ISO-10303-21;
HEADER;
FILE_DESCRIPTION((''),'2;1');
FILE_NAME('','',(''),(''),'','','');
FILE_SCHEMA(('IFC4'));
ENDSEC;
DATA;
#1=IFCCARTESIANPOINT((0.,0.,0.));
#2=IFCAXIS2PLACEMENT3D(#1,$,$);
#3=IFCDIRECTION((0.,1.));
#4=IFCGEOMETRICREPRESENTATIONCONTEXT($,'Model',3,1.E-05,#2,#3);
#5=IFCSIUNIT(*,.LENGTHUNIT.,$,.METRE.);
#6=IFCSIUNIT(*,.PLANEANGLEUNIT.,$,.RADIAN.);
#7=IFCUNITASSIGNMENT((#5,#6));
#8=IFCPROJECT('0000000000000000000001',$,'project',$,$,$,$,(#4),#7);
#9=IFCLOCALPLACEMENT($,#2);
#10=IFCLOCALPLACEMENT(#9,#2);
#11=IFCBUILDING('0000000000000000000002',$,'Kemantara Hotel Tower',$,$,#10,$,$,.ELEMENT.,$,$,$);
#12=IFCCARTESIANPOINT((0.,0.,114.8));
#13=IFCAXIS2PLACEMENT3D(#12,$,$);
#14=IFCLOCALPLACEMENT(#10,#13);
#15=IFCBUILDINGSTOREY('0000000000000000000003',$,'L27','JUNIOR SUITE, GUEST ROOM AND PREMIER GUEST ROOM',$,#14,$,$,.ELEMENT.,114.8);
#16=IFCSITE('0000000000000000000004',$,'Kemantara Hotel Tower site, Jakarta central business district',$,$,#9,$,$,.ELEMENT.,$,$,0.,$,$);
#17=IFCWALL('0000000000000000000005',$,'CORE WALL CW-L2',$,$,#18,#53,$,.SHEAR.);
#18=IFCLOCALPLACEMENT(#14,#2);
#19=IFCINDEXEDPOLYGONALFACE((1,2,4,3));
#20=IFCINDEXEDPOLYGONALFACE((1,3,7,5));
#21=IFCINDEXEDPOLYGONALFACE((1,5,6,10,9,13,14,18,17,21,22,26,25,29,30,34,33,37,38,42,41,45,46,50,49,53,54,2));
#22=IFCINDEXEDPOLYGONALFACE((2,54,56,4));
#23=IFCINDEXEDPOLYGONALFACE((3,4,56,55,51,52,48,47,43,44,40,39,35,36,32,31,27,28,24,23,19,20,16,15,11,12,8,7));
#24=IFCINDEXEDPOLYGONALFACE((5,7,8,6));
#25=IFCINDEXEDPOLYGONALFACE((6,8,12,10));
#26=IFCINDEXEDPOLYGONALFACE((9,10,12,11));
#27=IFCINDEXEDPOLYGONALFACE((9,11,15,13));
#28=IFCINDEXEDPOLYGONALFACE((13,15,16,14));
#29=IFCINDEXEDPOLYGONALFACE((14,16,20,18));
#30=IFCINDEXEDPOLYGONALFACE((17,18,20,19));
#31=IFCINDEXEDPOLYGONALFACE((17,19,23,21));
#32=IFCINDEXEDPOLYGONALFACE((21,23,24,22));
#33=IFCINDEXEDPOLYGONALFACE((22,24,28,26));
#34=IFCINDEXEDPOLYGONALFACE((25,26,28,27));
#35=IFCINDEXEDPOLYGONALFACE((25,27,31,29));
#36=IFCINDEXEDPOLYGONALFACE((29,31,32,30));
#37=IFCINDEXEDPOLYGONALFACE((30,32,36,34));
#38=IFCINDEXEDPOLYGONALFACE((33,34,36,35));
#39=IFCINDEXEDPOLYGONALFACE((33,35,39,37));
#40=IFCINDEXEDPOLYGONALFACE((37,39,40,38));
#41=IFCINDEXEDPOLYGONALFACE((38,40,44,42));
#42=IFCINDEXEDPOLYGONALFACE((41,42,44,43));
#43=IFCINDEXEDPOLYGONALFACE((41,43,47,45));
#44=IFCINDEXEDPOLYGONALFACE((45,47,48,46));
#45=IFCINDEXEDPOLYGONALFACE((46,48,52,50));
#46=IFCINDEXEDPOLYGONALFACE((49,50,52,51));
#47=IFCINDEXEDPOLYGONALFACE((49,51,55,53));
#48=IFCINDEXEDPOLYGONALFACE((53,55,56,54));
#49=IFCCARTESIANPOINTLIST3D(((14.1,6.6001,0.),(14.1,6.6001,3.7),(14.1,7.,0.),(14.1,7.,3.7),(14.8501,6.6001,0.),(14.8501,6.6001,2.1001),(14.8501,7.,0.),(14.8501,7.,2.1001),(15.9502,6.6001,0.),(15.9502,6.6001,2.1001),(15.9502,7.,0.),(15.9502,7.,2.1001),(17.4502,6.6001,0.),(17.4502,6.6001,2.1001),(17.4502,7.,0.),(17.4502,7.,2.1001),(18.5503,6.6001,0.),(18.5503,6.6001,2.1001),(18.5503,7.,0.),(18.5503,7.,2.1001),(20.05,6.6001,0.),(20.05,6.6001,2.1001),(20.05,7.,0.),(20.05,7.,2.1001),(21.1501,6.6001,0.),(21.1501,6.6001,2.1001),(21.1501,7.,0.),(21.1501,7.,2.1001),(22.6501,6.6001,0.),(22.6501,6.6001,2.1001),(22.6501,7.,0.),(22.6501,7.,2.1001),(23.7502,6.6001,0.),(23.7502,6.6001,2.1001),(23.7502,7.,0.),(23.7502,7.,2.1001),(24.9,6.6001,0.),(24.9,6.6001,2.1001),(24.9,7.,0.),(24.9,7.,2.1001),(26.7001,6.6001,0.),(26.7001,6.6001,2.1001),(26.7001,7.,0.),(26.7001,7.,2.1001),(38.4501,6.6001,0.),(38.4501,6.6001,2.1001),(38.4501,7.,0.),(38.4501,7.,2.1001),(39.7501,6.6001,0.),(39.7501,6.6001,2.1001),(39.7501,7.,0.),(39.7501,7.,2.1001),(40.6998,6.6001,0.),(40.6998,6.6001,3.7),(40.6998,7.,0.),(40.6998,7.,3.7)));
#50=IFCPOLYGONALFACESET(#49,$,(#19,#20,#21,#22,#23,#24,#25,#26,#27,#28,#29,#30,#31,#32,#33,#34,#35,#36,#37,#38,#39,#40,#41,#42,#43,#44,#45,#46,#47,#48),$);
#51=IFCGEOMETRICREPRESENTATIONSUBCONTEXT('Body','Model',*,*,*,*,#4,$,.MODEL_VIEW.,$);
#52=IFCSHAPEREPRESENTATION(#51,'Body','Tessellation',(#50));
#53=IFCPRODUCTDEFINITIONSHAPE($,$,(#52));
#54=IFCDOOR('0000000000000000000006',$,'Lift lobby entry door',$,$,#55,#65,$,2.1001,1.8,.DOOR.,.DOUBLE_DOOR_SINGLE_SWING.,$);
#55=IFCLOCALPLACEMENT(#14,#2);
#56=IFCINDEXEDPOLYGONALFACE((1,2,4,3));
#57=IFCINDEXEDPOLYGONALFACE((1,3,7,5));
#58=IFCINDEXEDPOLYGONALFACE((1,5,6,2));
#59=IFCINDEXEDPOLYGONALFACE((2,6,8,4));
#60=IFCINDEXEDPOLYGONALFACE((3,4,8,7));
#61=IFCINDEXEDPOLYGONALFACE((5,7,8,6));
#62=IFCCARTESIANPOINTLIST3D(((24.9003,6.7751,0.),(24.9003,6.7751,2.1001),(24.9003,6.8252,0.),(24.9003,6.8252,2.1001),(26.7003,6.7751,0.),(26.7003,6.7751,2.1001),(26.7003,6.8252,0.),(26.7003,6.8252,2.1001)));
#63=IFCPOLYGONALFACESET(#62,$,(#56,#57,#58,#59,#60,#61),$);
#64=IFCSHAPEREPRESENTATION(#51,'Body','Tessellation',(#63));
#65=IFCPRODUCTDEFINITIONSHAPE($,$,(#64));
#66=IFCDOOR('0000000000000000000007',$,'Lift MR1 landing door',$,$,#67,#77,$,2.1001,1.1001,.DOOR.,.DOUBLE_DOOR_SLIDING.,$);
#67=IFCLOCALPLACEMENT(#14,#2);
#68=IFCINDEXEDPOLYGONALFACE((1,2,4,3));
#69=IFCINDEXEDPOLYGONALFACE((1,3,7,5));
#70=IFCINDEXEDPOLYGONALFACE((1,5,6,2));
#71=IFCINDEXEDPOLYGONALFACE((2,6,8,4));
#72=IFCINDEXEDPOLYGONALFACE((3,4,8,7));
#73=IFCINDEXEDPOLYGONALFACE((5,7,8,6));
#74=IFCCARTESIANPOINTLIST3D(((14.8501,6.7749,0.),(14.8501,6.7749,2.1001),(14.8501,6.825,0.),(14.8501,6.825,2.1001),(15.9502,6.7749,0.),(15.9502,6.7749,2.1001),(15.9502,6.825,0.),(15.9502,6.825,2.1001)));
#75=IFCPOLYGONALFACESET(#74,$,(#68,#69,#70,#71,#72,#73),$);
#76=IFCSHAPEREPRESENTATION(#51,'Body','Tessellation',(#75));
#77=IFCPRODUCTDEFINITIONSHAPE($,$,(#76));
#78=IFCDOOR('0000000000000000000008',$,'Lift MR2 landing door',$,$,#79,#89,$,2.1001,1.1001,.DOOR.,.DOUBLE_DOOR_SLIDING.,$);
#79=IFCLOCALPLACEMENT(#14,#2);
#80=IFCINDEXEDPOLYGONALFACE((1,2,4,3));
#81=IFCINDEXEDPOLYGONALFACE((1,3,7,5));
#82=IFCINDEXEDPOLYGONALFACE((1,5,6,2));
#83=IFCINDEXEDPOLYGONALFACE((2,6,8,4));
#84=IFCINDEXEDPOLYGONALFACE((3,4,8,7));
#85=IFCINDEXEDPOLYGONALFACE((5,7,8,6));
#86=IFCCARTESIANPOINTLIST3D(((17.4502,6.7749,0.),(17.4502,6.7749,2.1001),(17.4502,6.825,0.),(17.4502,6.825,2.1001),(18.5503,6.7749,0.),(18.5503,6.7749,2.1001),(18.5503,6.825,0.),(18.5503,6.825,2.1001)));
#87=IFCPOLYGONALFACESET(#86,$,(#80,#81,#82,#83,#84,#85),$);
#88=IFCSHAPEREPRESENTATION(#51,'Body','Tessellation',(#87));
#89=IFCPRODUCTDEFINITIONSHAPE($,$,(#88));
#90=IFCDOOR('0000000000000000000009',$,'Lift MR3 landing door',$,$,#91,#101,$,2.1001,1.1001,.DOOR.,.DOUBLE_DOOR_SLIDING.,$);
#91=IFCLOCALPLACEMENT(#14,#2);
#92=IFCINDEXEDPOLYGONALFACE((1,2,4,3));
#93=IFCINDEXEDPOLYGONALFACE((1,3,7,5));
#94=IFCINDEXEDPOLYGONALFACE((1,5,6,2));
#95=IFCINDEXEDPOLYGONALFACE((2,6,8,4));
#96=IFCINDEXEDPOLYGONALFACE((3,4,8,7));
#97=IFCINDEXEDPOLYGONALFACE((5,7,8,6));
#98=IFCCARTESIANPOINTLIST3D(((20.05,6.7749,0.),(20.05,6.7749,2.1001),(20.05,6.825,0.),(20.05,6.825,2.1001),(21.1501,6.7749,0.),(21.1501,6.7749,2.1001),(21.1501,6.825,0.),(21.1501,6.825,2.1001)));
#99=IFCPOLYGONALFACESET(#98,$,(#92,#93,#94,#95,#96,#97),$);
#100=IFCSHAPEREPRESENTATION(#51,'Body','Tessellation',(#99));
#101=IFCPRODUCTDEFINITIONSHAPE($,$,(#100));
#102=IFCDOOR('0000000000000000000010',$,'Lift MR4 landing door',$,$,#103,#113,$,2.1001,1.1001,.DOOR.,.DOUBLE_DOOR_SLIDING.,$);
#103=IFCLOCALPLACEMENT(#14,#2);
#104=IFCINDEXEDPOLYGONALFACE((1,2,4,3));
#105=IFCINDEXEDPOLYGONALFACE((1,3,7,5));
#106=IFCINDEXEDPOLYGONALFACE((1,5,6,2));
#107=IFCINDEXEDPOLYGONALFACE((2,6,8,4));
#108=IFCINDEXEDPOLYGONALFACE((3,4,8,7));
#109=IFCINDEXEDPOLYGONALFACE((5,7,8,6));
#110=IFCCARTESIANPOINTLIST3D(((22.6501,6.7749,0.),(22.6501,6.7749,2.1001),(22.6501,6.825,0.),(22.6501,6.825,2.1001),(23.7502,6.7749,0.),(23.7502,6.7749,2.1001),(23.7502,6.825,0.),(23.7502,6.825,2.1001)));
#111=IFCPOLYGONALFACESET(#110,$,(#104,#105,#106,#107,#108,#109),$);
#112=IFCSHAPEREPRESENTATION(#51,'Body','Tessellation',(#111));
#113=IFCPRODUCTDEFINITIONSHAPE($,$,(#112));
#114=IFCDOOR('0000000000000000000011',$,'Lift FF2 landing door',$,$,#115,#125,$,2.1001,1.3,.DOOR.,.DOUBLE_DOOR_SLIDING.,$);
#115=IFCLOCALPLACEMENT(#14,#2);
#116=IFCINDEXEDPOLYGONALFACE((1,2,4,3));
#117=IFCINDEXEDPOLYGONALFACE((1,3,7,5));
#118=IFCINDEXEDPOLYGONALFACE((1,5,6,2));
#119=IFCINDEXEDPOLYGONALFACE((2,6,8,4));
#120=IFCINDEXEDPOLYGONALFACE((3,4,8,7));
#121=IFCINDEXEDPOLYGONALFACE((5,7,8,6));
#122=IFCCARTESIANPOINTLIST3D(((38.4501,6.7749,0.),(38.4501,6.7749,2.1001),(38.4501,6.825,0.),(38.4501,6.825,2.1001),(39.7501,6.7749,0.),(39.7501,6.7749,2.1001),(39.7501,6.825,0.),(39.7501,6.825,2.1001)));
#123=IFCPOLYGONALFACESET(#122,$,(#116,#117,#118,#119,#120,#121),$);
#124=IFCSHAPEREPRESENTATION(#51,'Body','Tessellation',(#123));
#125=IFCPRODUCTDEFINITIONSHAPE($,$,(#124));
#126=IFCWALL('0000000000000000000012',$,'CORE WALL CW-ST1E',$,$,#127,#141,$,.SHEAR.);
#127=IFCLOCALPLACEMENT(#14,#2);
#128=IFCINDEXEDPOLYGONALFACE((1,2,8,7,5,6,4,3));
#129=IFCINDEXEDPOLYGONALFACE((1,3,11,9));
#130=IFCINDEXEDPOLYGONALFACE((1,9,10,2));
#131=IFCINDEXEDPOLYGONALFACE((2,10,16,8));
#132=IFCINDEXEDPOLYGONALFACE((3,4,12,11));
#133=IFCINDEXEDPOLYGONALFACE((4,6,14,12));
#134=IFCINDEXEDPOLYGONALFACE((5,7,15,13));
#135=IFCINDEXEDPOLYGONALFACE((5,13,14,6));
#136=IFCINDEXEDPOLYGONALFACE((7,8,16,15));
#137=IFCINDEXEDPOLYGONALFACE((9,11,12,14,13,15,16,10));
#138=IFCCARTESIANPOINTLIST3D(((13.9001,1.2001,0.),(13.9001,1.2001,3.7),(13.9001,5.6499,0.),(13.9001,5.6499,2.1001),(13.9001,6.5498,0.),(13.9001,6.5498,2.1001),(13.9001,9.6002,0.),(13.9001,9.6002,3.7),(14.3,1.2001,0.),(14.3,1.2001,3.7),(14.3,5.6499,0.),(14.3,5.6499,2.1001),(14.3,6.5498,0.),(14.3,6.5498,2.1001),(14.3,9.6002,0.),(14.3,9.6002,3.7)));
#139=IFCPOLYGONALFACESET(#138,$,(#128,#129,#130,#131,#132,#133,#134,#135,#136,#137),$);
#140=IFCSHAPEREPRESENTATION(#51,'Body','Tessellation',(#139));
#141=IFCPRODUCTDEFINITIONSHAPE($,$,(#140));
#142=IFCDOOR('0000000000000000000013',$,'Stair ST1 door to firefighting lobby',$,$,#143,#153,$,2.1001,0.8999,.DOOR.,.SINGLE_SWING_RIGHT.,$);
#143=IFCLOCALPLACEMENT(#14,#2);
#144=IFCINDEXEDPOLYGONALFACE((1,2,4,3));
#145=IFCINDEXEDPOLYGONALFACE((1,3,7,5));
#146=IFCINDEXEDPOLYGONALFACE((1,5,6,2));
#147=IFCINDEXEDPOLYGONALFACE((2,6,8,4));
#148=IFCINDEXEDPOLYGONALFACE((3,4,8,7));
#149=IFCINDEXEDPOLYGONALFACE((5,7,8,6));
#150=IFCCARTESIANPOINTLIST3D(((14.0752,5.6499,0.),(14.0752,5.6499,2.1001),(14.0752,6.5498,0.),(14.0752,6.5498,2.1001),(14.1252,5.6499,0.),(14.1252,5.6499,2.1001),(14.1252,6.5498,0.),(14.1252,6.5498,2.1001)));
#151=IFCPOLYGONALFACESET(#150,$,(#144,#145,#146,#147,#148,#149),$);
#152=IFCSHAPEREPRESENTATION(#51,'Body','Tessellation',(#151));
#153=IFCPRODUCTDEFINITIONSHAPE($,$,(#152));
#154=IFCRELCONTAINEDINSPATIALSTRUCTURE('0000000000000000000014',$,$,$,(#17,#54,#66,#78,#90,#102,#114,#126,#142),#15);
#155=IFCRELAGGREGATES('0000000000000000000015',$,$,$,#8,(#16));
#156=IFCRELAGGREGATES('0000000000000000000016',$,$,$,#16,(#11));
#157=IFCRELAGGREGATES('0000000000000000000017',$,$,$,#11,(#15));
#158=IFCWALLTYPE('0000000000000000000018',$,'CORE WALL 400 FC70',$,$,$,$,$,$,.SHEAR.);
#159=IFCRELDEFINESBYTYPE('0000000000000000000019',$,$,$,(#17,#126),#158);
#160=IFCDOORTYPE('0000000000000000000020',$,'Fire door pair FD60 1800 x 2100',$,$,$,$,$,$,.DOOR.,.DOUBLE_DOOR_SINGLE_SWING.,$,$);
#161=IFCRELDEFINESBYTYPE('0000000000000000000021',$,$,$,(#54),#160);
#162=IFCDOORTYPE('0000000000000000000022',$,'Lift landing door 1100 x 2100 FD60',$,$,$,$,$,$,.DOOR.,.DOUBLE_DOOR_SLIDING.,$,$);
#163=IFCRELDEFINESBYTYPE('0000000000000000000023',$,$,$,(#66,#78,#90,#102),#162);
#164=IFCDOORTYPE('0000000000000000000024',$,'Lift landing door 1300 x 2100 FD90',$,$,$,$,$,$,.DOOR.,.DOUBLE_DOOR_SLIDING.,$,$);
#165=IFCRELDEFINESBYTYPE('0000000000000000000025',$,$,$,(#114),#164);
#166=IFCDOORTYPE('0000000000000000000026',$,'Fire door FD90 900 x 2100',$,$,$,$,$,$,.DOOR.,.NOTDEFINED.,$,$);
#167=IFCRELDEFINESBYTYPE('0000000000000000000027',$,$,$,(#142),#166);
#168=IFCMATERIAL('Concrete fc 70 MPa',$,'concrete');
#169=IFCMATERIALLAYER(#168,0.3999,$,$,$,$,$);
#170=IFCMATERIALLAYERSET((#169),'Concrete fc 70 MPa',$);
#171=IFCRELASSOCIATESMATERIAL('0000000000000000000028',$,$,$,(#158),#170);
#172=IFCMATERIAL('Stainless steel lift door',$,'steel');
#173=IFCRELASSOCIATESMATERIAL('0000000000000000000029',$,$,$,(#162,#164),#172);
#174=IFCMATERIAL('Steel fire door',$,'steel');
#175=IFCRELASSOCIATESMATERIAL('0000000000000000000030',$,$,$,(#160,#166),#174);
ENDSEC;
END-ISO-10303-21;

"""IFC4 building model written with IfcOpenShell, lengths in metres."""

from ifc_helpers import new_model, si_unit, direction, frame, frame_2d, origin, place, context, subcontext, project, spatial, rectangle, extrude, material, layer, layer_set, type_object, element, fill, save


model = new_model("IFC4")

# Units and contexts
model_context = context("Model", 3, precision=1e-05, world=origin(), true_north=direction((0.0, 1.0)))
body_context = subcontext(model_context, "Body", "Model", "MODEL_VIEW")
ifc_project = project(units=[si_unit("LENGTHUNIT", "METRE"), si_unit("PLANEANGLEUNIT", "RADIAN")], contexts=[model_context])

# Site, building, storey
site_placement = place(None, origin())
site = spatial("IfcSite", under=ifc_project, at=site_placement, Name="Kemantara Hotel Tower site, Jakarta central business district", CompositionType="ELEMENT", RefElevation=0.0)
building_placement = place(site_placement, origin())
building = spatial("IfcBuilding", under=site, at=building_placement, Name="Kemantara Hotel Tower", CompositionType="ELEMENT")
storey_placement = place(building_placement, frame((0.0, 0.0, 114.8)))
storey = spatial("IfcBuildingStorey", under=building, at=storey_placement, Name="L27", Description="JUNIOR SUITE, GUEST ROOM AND PREMIER GUEST ROOM", CompositionType="ELEMENT", Elevation=114.8)

# Shared definitions
ifc_material_1 = material(Name="Concrete fc 70 MPa", Category="concrete")

# Wall, openings, doors
ifc_layer_1 = layer(ifc_material_1, 0.3999)
ifc_layer_set_1 = layer_set([ifc_layer_1], Name="Concrete fc 70 MPa")
wall_type_1 = type_object("IfcWallType", Name="CORE WALL 400 FC70", PredefinedType="SHEAR", material=ifc_layer_set_1)
ifc_material_2 = material(Name="Steel fire door", Category="steel")
ifc_material_3 = material(Name="Stainless steel lift door", Category="steel")
door_type_1 = type_object("IfcDoorType", Name="Lift landing door 1100 x 2100 FD60", OperationType="DOUBLE_DOOR_SLIDING", PredefinedType="DOOR", material=ifc_material_3)
door_type_2 = type_object("IfcDoorType", Name="Lift landing door 1300 x 2100 FD90", OperationType="DOUBLE_DOOR_SLIDING", PredefinedType="DOOR", material=ifc_material_3)
wall_1_placement = place(storey_placement, frame((14.1001, 6.8, 0.0), z_axis=(0.0, 0.0, 1.0), x_axis=(1.0, 0.0, 0.0)))
wall_1 = element("IfcWall", 1, at=wall_1_placement, inside=storey, type_object=wall_type_1, Name="CORE WALL CW-L2", PredefinedType="SHEAR", context=body_context, shape_type="SweptSolid", body=[
    extrude(rectangle(XDim=26.5999, YDim=0.3999, at=frame_2d((13.2998, 0.0))), origin(), (0.0, 0.0, 1.0), 3.7),
])
opening_1_placement = place(wall_1_placement, frame((10.8, 0.0, 0.0)))
opening_1 = element("IfcOpeningElement", 2, at=opening_1_placement, cuts=wall_1, PredefinedType="OPENING", context=body_context, shape_type="SweptSolid", body=[
    extrude(rectangle(XDim=1.8, YDim=2.1001, at=frame_2d((0.8999, 1.05))), frame((0.0, 0.21, 0.0), z_axis=(0.0, -1.0, 0.0), x_axis=(1.0, 0.0, 0.0)), (0.0, 0.0, 1.0), 0.4199),
])
opening_2_placement = place(wall_1_placement, frame((0.75, 0.0, 0.0)))
opening_2 = element("IfcOpeningElement", 3, at=opening_2_placement, cuts=wall_1, PredefinedType="OPENING", context=body_context, shape_type="SweptSolid", body=[
    extrude(rectangle(XDim=1.1001, YDim=2.1001, at=frame_2d((0.55, 1.05))), frame((0.0, 0.21, 0.0), z_axis=(0.0, -1.0, 0.0), x_axis=(1.0, 0.0, 0.0)), (0.0, 0.0, 1.0), 0.4199),
])
opening_3_placement = place(wall_1_placement, frame((3.3501, 0.0, 0.0)))
opening_3 = element("IfcOpeningElement", 4, at=opening_3_placement, cuts=wall_1, PredefinedType="OPENING", context=body_context, shape_type="SweptSolid", body=[
    extrude(rectangle(XDim=1.1001, YDim=2.1001, at=frame_2d((0.55, 1.05))), frame((0.0, 0.21, 0.0), z_axis=(0.0, -1.0, 0.0), x_axis=(1.0, 0.0, 0.0)), (0.0, 0.0, 1.0), 0.4199),
])
opening_4_placement = place(wall_1_placement, frame((5.95, 0.0, 0.0)))
opening_4 = element("IfcOpeningElement", 5, at=opening_4_placement, cuts=wall_1, PredefinedType="OPENING", context=body_context, shape_type="SweptSolid", body=[
    extrude(rectangle(XDim=1.1001, YDim=2.1001, at=frame_2d((0.55, 1.05))), frame((0.0, 0.21, 0.0), z_axis=(0.0, -1.0, 0.0), x_axis=(1.0, 0.0, 0.0)), (0.0, 0.0, 1.0), 0.4199),
])
opening_5_placement = place(wall_1_placement, frame((8.55, 0.0, 0.0)))
opening_5 = element("IfcOpeningElement", 6, at=opening_5_placement, cuts=wall_1, PredefinedType="OPENING", context=body_context, shape_type="SweptSolid", body=[
    extrude(rectangle(XDim=1.1001, YDim=2.1001, at=frame_2d((0.55, 1.05))), frame((0.0, 0.21, 0.0), z_axis=(0.0, -1.0, 0.0), x_axis=(1.0, 0.0, 0.0)), (0.0, 0.0, 1.0), 0.4199),
])
opening_6_placement = place(wall_1_placement, frame((24.3501, 0.0, 0.0)))
opening_6 = element("IfcOpeningElement", 7, at=opening_6_placement, cuts=wall_1, PredefinedType="OPENING", context=body_context, shape_type="SweptSolid", body=[
    extrude(rectangle(XDim=1.3, YDim=2.1001, at=frame_2d((0.6499, 1.05))), frame((0.0, 0.21, 0.0), z_axis=(0.0, -1.0, 0.0), x_axis=(1.0, 0.0, 0.0)), (0.0, 0.0, 1.0), 0.4199),
])
door_type_3 = type_object("IfcDoorType", Name="Fire door pair FD60 1800 x 2100", OperationType="DOUBLE_DOOR_SINGLE_SWING", PredefinedType="DOOR", material=ifc_material_2)
door_1_placement = place(opening_1_placement, frame((1.8, 0.0, 0.0), z_axis=(0.0, 0.0, 1.0), x_axis=(-1.0, 0.0, 0.0)))
door_1 = element("IfcDoor", 8, at=door_1_placement, inside=storey, type_object=door_type_3, Name="Lift lobby entry door", OperationType="DOUBLE_DOOR_SINGLE_SWING", OverallHeight=2.1001, OverallWidth=1.8, PredefinedType="DOOR", context=body_context, shape_type="SweptSolid", body=[
    extrude(rectangle(XDim=1.8, YDim=2.1001, at=frame_2d((0.8999, 1.05))), frame((0.0, 0.0249, 0.0), z_axis=(0.0, -1.0, 0.0), x_axis=(1.0, 0.0, 0.0)), (0.0, 0.0, 1.0), 0.05),
])
fill(opening_1, door_1)
door_2_placement = place(opening_2_placement, origin())
door_2 = element("IfcDoor", 9, at=door_2_placement, inside=storey, type_object=door_type_1, Name="Lift MR1 landing door", OperationType="DOUBLE_DOOR_SLIDING", OverallHeight=2.1001, OverallWidth=1.1001, PredefinedType="DOOR", context=body_context, shape_type="SweptSolid", body=[
    extrude(rectangle(XDim=1.1001, YDim=2.1001, at=frame_2d((0.55, 1.05))), frame((0.0, 0.0249, 0.0), z_axis=(0.0, -1.0, 0.0), x_axis=(1.0, 0.0, 0.0)), (0.0, 0.0, 1.0), 0.05),
])
fill(opening_2, door_2)
door_3_placement = place(opening_3_placement, origin())
door_3 = element("IfcDoor", 10, at=door_3_placement, inside=storey, type_object=door_type_1, Name="Lift MR2 landing door", OperationType="DOUBLE_DOOR_SLIDING", OverallHeight=2.1001, OverallWidth=1.1001, PredefinedType="DOOR", context=body_context, shape_type="SweptSolid", body=[
    extrude(rectangle(XDim=1.1001, YDim=2.1001, at=frame_2d((0.55, 1.05))), frame((0.0, 0.0249, 0.0), z_axis=(0.0, -1.0, 0.0), x_axis=(1.0, 0.0, 0.0)), (0.0, 0.0, 1.0), 0.05),
])
fill(opening_3, door_3)
door_4_placement = place(opening_4_placement, origin())
door_4 = element("IfcDoor", 11, at=door_4_placement, inside=storey, type_object=door_type_1, Name="Lift MR3 landing door", OperationType="DOUBLE_DOOR_SLIDING", OverallHeight=2.1001, OverallWidth=1.1001, PredefinedType="DOOR", context=body_context, shape_type="SweptSolid", body=[
    extrude(rectangle(XDim=1.1001, YDim=2.1001, at=frame_2d((0.55, 1.05))), frame((0.0, 0.0249, 0.0), z_axis=(0.0, -1.0, 0.0), x_axis=(1.0, 0.0, 0.0)), (0.0, 0.0, 1.0), 0.05),
])
fill(opening_4, door_4)
door_5_placement = place(opening_5_placement, origin())
door_5 = element("IfcDoor", 12, at=door_5_placement, inside=storey, type_object=door_type_1, Name="Lift MR4 landing door", OperationType="DOUBLE_DOOR_SLIDING", OverallHeight=2.1001, OverallWidth=1.1001, PredefinedType="DOOR", context=body_context, shape_type="SweptSolid", body=[
    extrude(rectangle(XDim=1.1001, YDim=2.1001, at=frame_2d((0.55, 1.05))), frame((0.0, 0.0249, 0.0), z_axis=(0.0, -1.0, 0.0), x_axis=(1.0, 0.0, 0.0)), (0.0, 0.0, 1.0), 0.05),
])
fill(opening_5, door_5)
door_6_placement = place(opening_6_placement, origin())
door_6 = element("IfcDoor", 13, at=door_6_placement, inside=storey, type_object=door_type_2, Name="Lift FF2 landing door", OperationType="DOUBLE_DOOR_SLIDING", OverallHeight=2.1001, OverallWidth=1.3, PredefinedType="DOOR", context=body_context, shape_type="SweptSolid", body=[
    extrude(rectangle(XDim=1.3, YDim=2.1001, at=frame_2d((0.6499, 1.05))), frame((0.0, 0.0249, 0.0), z_axis=(0.0, -1.0, 0.0), x_axis=(1.0, 0.0, 0.0)), (0.0, 0.0, 1.0), 0.05),
])
fill(opening_6, door_6)

# Wall, opening, door
wall_2_placement = place(storey_placement, frame((14.1001, 1.2, 0.0), z_axis=(0.0, 0.0, 1.0), x_axis=(0.0, 1.0, 0.0)))
wall_2 = element("IfcWall", 14, at=wall_2_placement, inside=storey, type_object=wall_type_1, Name="CORE WALL CW-ST1E", PredefinedType="SHEAR", context=body_context, shape_type="SweptSolid", body=[
    extrude(rectangle(XDim=8.4001, YDim=0.3999, at=frame_2d((4.2002, 0.0))), origin(), (0.0, 0.0, 1.0), 3.7),
])
opening_7_placement = place(wall_2_placement, frame((4.45, 0.0, 0.0)))
opening_7 = element("IfcOpeningElement", 15, at=opening_7_placement, cuts=wall_2, PredefinedType="OPENING", context=body_context, shape_type="SweptSolid", body=[
    extrude(rectangle(XDim=0.8999, YDim=2.1001, at=frame_2d((0.45, 1.05))), frame((0.0, 0.21, 0.0), z_axis=(0.0, -1.0, 0.0), x_axis=(1.0, 0.0, 0.0)), (0.0, 0.0, 1.0), 0.4199),
])
door_type_4 = type_object("IfcDoorType", Name="Fire door FD90 900 x 2100", OperationType="NOTDEFINED", PredefinedType="DOOR", material=ifc_material_2)
door_7_placement = place(opening_7_placement, origin())
door_7 = element("IfcDoor", 16, at=door_7_placement, inside=storey, type_object=door_type_4, Name="Stair ST1 door to firefighting lobby", OperationType="SINGLE_SWING_RIGHT", OverallHeight=2.1001, OverallWidth=0.8999, PredefinedType="DOOR", context=body_context, shape_type="SweptSolid", body=[
    extrude(rectangle(XDim=0.8999, YDim=2.1001, at=frame_2d((0.45, 1.05))), frame((0.0, 0.0249, 0.0), z_axis=(0.0, -1.0, 0.0), x_axis=(1.0, 0.0, 0.0)), (0.0, 0.0, 1.0), 0.05),
])
fill(opening_7, door_7)

save(model, "model.ifc")
